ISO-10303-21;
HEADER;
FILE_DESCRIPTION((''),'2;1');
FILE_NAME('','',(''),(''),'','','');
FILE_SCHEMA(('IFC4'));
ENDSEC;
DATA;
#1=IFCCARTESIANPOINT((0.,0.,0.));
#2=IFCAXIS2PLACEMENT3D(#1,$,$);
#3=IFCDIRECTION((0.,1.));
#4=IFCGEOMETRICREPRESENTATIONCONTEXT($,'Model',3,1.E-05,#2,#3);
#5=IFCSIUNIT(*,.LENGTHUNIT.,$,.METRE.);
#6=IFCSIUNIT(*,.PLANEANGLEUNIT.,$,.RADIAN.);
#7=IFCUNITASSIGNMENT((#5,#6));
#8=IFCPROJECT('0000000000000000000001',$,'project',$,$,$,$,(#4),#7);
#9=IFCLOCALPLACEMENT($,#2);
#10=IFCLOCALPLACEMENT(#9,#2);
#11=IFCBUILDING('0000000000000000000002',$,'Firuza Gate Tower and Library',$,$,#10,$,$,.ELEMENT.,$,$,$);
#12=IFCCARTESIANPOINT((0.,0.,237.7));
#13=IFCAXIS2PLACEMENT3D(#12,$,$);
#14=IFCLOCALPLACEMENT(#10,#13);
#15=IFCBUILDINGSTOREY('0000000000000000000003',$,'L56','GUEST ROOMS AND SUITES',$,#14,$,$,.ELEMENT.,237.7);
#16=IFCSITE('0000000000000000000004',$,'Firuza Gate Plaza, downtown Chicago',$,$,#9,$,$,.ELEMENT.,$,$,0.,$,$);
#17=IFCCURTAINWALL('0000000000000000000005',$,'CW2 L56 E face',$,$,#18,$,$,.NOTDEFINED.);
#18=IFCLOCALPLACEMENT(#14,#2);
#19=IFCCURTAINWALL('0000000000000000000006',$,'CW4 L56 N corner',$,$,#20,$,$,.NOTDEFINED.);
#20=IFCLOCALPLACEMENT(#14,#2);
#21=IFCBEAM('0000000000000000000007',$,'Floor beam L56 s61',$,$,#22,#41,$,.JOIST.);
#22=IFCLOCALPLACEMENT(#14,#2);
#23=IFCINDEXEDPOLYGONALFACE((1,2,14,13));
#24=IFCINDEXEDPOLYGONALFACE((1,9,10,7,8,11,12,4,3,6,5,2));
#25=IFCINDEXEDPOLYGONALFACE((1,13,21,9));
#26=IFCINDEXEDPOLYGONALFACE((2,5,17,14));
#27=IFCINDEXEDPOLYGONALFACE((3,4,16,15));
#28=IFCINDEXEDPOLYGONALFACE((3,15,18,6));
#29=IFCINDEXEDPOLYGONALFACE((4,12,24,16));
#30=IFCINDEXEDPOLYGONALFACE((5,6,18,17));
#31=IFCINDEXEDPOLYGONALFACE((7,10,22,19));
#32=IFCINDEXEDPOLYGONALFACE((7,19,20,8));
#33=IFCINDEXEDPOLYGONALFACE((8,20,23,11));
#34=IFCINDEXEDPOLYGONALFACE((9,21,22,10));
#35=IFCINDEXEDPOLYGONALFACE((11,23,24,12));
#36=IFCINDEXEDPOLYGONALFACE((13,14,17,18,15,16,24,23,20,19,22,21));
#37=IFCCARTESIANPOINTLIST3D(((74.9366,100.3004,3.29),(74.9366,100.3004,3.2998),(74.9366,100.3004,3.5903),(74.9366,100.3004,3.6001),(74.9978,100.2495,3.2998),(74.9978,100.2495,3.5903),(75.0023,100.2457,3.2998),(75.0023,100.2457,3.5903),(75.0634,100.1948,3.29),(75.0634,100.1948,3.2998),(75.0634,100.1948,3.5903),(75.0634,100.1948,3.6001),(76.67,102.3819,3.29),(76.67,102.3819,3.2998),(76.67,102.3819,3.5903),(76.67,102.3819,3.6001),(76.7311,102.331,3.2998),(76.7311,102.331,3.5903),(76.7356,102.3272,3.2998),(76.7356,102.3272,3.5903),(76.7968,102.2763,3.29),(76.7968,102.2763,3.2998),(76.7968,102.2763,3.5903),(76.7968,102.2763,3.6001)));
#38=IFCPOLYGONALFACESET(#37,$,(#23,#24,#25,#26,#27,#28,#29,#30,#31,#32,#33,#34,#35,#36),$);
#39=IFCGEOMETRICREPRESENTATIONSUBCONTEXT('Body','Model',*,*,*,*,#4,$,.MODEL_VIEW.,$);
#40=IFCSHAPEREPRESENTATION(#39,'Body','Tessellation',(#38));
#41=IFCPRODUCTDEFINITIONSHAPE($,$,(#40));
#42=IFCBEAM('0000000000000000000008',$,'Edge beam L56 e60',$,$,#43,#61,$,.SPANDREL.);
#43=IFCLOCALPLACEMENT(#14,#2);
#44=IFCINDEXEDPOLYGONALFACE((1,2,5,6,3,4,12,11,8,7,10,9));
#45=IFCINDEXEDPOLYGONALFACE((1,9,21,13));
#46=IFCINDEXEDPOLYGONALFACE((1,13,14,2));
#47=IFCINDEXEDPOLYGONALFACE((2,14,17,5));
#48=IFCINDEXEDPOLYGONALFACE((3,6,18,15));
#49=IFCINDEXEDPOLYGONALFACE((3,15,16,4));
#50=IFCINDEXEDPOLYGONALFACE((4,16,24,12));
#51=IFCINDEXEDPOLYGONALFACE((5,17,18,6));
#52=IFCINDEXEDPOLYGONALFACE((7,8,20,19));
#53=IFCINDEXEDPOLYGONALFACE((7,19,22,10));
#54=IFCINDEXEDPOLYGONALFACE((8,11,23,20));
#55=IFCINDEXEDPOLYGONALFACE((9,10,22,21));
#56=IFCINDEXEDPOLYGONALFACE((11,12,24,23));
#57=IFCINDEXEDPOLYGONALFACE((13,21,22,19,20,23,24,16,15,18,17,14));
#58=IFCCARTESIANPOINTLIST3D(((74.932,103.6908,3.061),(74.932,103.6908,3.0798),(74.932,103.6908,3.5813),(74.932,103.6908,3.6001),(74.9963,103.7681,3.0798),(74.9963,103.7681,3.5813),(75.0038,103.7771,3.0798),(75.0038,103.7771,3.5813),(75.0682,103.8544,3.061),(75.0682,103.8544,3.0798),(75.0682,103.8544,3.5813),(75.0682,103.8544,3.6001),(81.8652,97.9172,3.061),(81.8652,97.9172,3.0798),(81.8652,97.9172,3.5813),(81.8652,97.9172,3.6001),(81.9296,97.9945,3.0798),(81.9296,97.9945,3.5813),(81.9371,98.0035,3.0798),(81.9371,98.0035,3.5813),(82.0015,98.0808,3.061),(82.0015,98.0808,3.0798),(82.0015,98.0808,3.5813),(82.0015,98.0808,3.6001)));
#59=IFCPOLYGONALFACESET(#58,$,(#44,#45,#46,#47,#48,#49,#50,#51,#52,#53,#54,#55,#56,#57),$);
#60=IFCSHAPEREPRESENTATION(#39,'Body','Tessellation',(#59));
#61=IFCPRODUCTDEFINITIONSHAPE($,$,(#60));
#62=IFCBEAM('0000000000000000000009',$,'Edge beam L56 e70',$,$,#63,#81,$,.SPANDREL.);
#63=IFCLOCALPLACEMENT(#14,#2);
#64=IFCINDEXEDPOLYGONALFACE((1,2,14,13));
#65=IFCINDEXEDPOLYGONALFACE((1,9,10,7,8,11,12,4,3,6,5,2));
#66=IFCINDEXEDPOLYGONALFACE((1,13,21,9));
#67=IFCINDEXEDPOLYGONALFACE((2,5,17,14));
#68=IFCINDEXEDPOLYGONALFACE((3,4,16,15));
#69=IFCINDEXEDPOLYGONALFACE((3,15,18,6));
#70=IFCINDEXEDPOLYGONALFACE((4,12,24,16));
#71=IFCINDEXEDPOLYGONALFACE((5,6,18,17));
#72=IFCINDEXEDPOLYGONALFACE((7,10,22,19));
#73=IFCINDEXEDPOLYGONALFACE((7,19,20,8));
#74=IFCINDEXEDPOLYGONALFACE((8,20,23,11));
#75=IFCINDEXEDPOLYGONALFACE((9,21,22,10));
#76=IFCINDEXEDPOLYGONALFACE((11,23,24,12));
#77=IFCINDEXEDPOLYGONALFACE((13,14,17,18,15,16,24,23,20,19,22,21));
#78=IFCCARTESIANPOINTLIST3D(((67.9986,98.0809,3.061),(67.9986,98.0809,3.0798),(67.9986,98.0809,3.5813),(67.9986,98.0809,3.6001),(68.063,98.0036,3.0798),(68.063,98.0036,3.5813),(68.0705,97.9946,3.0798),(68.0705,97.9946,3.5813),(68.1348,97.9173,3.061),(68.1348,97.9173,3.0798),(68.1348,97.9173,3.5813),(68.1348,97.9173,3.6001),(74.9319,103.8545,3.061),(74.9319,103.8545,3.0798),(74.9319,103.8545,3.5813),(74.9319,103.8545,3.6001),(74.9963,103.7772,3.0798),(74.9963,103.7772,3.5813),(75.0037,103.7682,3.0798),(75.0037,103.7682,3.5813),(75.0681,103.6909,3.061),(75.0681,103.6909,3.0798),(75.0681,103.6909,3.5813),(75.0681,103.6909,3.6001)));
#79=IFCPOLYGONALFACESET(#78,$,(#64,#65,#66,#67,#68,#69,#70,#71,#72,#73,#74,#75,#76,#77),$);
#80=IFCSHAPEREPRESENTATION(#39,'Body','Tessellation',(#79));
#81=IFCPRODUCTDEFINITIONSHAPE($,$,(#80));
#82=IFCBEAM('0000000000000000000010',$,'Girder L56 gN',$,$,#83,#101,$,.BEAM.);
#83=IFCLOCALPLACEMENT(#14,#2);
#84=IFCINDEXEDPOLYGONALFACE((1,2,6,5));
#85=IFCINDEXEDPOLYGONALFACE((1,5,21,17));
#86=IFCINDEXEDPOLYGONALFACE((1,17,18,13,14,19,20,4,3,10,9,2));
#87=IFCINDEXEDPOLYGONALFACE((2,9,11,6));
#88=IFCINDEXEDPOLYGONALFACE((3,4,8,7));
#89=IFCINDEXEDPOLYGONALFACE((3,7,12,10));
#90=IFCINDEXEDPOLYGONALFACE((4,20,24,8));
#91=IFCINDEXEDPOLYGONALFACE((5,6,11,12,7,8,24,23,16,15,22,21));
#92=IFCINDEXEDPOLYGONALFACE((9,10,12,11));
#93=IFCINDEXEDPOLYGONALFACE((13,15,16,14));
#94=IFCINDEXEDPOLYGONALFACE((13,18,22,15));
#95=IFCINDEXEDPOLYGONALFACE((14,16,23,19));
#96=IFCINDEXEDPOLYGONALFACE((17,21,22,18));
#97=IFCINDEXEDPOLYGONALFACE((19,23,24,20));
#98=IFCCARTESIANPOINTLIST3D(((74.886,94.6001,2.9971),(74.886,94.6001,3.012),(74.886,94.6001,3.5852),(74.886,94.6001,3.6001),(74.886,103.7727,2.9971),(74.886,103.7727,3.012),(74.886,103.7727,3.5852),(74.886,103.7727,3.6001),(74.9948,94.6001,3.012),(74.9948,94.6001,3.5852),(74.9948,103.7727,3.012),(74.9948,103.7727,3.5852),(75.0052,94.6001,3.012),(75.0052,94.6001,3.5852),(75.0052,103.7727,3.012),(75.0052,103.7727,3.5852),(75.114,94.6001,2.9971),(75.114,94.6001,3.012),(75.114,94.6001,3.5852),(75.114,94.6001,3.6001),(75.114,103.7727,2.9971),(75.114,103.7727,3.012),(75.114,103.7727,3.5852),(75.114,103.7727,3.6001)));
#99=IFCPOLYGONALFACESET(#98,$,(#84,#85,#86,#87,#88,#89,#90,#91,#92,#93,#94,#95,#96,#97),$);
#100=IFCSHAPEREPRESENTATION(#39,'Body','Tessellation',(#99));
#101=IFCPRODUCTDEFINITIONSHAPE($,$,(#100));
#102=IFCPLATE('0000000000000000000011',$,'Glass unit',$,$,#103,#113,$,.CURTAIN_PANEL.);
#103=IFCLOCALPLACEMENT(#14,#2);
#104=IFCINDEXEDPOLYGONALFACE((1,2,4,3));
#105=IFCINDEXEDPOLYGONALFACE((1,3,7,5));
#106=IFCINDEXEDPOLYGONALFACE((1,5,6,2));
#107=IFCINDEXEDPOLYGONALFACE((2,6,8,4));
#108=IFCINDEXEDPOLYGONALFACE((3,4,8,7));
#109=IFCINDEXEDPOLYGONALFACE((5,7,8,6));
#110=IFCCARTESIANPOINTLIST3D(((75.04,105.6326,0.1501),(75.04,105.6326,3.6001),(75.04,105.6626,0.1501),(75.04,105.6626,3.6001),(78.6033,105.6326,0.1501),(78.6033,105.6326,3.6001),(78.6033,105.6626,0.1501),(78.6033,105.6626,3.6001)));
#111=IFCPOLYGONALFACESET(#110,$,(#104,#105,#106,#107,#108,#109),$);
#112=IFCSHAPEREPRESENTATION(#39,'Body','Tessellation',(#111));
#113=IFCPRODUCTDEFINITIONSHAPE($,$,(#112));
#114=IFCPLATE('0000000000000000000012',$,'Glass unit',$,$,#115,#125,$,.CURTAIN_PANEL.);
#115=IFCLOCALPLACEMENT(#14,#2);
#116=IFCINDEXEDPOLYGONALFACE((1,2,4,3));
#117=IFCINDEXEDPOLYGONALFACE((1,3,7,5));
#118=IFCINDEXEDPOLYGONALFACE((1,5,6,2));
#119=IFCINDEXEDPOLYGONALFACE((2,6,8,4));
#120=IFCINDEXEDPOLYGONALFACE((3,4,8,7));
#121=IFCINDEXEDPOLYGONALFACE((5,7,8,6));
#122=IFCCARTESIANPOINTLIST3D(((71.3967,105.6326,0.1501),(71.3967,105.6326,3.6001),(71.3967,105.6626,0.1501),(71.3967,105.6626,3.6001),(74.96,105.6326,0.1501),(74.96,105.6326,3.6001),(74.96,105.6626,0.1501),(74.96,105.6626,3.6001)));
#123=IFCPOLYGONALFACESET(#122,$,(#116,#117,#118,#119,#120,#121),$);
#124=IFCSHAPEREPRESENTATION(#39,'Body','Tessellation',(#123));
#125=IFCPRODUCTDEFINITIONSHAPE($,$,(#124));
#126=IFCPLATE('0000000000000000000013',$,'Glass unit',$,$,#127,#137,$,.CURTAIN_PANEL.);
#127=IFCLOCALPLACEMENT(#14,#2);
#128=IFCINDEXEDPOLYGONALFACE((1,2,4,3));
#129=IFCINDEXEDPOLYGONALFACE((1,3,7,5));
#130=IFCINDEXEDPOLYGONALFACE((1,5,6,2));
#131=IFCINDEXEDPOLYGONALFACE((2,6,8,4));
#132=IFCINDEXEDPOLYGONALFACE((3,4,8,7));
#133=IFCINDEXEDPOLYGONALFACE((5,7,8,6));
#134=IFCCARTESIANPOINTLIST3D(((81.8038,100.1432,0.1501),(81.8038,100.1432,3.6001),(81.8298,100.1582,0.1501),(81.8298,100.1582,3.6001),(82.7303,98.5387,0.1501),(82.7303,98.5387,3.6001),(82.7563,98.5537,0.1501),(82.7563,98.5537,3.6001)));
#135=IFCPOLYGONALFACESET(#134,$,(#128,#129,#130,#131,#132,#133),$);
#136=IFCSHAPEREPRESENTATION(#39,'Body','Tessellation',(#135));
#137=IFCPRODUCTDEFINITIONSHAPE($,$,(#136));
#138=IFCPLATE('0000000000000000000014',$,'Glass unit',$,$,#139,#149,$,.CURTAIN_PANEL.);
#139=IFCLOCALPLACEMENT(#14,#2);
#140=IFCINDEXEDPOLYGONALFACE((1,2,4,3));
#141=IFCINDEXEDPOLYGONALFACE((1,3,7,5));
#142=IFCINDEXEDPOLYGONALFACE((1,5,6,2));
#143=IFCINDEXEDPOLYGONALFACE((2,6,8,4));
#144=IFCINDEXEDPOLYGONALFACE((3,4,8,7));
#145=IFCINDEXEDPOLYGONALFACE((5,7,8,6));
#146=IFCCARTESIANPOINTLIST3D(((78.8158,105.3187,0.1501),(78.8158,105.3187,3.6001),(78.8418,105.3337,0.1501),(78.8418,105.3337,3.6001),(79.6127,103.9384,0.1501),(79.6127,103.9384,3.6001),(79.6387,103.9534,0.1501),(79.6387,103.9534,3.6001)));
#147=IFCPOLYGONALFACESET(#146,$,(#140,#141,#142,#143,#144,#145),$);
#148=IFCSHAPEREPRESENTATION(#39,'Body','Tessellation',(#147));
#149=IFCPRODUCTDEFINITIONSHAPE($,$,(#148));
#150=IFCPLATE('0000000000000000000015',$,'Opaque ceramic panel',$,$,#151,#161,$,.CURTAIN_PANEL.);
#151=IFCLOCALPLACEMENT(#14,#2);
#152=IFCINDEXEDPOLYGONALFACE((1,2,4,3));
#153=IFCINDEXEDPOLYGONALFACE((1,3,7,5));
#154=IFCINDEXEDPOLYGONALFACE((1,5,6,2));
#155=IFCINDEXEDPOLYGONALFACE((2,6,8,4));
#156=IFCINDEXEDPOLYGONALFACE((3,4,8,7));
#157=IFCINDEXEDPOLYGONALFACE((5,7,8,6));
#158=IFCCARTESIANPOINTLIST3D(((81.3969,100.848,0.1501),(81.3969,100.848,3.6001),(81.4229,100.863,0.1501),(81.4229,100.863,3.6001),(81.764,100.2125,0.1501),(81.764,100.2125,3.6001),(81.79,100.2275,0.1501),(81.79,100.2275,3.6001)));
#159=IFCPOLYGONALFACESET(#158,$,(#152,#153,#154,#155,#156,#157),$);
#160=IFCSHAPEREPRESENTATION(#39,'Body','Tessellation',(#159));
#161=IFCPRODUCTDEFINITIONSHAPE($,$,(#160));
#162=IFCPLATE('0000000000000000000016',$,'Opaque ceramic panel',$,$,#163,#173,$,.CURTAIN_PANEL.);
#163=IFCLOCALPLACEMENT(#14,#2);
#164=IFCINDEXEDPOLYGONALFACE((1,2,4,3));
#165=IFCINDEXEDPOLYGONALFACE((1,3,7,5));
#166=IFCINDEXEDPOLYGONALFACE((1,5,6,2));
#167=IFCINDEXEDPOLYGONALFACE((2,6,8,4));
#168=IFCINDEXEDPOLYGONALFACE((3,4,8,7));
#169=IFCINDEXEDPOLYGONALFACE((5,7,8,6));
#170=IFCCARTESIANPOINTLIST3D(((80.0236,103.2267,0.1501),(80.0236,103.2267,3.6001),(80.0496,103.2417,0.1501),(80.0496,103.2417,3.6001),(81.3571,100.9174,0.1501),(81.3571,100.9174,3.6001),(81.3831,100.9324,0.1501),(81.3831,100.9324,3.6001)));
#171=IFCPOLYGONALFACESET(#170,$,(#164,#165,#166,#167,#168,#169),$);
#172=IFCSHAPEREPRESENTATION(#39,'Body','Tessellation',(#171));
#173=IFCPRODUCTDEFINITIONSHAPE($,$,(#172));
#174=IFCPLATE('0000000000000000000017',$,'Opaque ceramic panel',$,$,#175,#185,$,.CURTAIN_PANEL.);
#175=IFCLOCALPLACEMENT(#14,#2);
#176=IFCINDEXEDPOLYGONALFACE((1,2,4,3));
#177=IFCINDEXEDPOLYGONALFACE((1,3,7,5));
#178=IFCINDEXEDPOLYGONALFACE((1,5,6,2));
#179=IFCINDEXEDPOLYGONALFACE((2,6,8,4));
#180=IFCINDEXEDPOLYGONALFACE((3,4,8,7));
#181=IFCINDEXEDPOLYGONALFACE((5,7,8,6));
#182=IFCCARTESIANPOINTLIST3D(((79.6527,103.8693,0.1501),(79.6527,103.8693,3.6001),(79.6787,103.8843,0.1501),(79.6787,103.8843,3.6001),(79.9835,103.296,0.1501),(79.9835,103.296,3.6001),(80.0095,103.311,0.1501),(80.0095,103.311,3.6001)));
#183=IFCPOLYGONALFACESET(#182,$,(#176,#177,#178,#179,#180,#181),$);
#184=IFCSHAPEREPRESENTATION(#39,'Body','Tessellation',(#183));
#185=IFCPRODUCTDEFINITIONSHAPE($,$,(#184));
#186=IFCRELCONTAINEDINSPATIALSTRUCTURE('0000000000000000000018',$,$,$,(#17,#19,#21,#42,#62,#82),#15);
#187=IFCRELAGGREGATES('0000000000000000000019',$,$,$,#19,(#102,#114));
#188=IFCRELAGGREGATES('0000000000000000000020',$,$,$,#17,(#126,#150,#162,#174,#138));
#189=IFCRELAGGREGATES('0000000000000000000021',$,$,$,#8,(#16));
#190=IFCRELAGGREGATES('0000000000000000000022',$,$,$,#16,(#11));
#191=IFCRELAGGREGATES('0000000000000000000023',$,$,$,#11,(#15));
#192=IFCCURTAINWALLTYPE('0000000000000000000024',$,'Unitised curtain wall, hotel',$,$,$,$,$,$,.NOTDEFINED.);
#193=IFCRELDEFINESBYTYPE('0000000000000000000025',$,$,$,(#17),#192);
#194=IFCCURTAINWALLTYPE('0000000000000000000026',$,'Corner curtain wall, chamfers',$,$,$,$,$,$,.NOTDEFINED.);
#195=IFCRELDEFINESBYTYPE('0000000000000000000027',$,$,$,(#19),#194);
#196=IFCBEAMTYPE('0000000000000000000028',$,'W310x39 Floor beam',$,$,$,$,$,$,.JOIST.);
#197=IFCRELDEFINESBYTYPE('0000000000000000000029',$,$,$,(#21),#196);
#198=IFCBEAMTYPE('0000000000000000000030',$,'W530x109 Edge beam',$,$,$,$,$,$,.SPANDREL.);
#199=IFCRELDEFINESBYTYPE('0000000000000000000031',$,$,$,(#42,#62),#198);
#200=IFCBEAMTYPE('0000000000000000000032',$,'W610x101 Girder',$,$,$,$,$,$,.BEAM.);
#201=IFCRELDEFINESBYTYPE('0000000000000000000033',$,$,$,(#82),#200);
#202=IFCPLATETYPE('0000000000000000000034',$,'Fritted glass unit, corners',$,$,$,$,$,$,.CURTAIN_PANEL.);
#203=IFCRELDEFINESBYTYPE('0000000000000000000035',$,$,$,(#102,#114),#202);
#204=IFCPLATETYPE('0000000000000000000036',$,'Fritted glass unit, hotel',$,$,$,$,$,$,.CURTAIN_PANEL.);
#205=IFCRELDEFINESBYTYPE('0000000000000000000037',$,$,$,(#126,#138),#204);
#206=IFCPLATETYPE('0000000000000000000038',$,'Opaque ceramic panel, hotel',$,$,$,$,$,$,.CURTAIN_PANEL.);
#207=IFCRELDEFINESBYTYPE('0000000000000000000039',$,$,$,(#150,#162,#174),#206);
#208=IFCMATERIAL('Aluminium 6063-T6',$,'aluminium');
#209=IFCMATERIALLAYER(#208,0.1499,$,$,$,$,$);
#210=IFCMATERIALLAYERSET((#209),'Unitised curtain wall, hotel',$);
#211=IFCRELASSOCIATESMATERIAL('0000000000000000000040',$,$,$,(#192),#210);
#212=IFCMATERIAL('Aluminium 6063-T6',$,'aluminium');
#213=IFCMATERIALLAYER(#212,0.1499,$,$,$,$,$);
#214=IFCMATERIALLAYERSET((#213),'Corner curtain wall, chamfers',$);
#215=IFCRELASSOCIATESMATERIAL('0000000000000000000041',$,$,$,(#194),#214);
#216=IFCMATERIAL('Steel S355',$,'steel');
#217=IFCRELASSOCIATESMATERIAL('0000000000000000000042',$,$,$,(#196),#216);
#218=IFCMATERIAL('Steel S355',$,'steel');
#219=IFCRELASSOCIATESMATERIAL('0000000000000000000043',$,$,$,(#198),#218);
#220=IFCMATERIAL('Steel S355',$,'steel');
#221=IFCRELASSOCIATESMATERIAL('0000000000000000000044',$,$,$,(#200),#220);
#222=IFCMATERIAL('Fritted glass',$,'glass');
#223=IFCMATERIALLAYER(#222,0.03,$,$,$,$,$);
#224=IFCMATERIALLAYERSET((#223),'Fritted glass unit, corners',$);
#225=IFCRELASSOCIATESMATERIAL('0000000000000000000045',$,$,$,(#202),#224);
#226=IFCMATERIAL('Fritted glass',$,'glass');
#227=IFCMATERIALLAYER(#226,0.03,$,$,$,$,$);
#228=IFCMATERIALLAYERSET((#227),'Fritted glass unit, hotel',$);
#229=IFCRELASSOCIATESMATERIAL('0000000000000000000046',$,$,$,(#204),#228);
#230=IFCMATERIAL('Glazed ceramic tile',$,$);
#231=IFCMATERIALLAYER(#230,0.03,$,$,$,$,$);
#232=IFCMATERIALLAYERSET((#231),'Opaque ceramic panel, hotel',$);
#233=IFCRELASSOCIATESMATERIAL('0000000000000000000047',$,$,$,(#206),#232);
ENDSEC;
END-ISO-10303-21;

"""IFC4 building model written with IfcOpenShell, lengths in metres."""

from ifc_helpers import new_model, si_unit, direction, frame, origin, origin_2d, place, context, subcontext, project, spatial, polyline, i_section, outline, extrude, material, layer, layer_set, material_profile, profile_set, type_object, element, aggregate, save


model = new_model("IFC4")

# Units and contexts
model_context = context("Model", 3, precision=1e-05, world=origin(), true_north=direction((0.0, 1.0)))
body_context = subcontext(model_context, "Body", "Model", "MODEL_VIEW")
ifc_project = project(units=[si_unit("LENGTHUNIT", "METRE"), si_unit("PLANEANGLEUNIT", "RADIAN")], contexts=[model_context])

# Site, building, storey
site_placement = place(None, origin())
site = spatial("IfcSite", under=ifc_project, at=site_placement, Name="Firuza Gate Plaza, downtown Chicago", CompositionType="ELEMENT", RefElevation=0.0)
building_placement = place(site_placement, origin())
building = spatial("IfcBuilding", under=site, at=building_placement, Name="Firuza Gate Tower and Library", CompositionType="ELEMENT")
storey_placement = place(building_placement, frame((0.0, 0.0, 237.7)))
storey = spatial("IfcBuildingStorey", under=building, at=storey_placement, Name="L56", Description="GUEST ROOMS AND SUITES", CompositionType="ELEMENT", Elevation=237.7)

# Curtain walls
ifc_material_1 = material(Name="Aluminium 6063-T6", Category="aluminium")
ifc_layer_1 = layer(ifc_material_1, 0.1499)
ifc_layer_set_1 = layer_set([ifc_layer_1], Name="Unitised curtain wall, hotel")
curtain_wall_type_1 = type_object("IfcCurtainWallType", Name="Unitised curtain wall, hotel", PredefinedType="NOTDEFINED", material=ifc_layer_set_1)
placement = place(storey_placement, origin())
curtain_wall_1 = element("IfcCurtainWall", 1, at=placement, inside=storey, type_object=curtain_wall_type_1, Name="CW2 L56 E face", PredefinedType="NOTDEFINED")
ifc_material_2 = material(Name="Aluminium 6063-T6", Category="aluminium")
ifc_layer_2 = layer(ifc_material_2, 0.1499)
ifc_layer_set_2 = layer_set([ifc_layer_2], Name="Corner curtain wall, chamfers")
curtain_wall_type_2 = type_object("IfcCurtainWallType", Name="Corner curtain wall, chamfers", PredefinedType="NOTDEFINED", material=ifc_layer_set_2)
curtain_wall_2 = element("IfcCurtainWall", 2, at=placement, inside=storey, type_object=curtain_wall_type_2, Name="CW4 L56 N corner", PredefinedType="NOTDEFINED")

# Beams
ifc_material_3 = material(Name="Steel S355", Category="steel")
ifc_material_profile_1 = material_profile(ifc_material_3, i_section(OverallWidth=0.165, OverallDepth=0.3101, WebThickness=0.0059, FlangeThickness=0.0098, at=origin_2d()))
ifc_profile_set_1 = profile_set([ifc_material_profile_1], Name="Steel S355")
beam_type_1 = type_object("IfcBeamType", Name="W310x39 Floor beam", PredefinedType="JOIST", material=ifc_profile_set_1)
beam_1_placement = place(storey_placement, frame((76.7334, 102.3291, 3.4451), z_axis=(-0.639918, -0.768443, 0.0), x_axis=(0.768443, -0.639918, 0.0)))
element("IfcBeam", 3, at=beam_1_placement, inside=storey, type_object=beam_type_1, Name="Floor beam L56 s61", PredefinedType="JOIST", context=body_context, shape_type="SweptSolid", body=[
    extrude(i_section(OverallWidth=0.165, OverallDepth=0.3101, WebThickness=0.0059, FlangeThickness=0.0098, at=origin_2d()), origin(), (0.0, 0.0, 1.0), 2.7087),
])
ifc_material_4 = material(Name="Steel S355", Category="steel")
ifc_material_profile_2 = material_profile(ifc_material_4, i_section(OverallWidth=0.2129, OverallDepth=0.5391, WebThickness=0.0117, FlangeThickness=0.0188, at=origin_2d()))
ifc_profile_set_2 = profile_set([ifc_material_profile_2], Name="Steel S355")
beam_type_2 = type_object("IfcBeamType", Name="W530x109 Edge beam", PredefinedType="SPANDREL", material=ifc_profile_set_2)
for number, where, z_axis, x_axis, name in (
    (4, (81.9333, 97.999, 3.3306), (-0.768445, 0.639916, 0.0), (-0.639916, -0.768445, 0.0), "Edge beam L56 e60"),
    (5, (75.0, 103.7727, 3.3306), (-0.768445, -0.639916, 0.0), (0.639916, -0.768445, 0.0), "Edge beam L56 e70"),
):
    element("IfcBeam", number, at=place(storey_placement, frame(where, z_axis=z_axis, x_axis=x_axis)), inside=storey, type_object=beam_type_2, Name=name, PredefinedType="SPANDREL", context=body_context, shape_type="SweptSolid", body=[
        extrude(i_section(OverallWidth=0.2129, OverallDepth=0.5391, WebThickness=0.0117, FlangeThickness=0.0188, at=origin_2d()), origin(), (0.0, 0.0, 1.0), 9.0225),
    ])
ifc_material_5 = material(Name="Steel S355", Category="steel")
ifc_material_profile_3 = material_profile(ifc_material_5, i_section(OverallWidth=0.228, OverallDepth=0.603, WebThickness=0.0105, FlangeThickness=0.0149, at=origin_2d()))
ifc_profile_set_3 = profile_set([ifc_material_profile_3], Name="Steel S355")
beam_type_3 = type_object("IfcBeamType", Name="W610x101 Girder", PredefinedType="BEAM", material=ifc_profile_set_3)
beam_2_placement = place(storey_placement, frame((75.0, 103.7727, 3.2986), z_axis=(0.0, -1.0, 0.0), x_axis=(1.0, 0.0, 0.0)))
element("IfcBeam", 6, at=beam_2_placement, inside=storey, type_object=beam_type_3, Name="Girder L56 gN", PredefinedType="BEAM", context=body_context, shape_type="SweptSolid", body=[
    extrude(i_section(OverallWidth=0.228, OverallDepth=0.603, WebThickness=0.0105, FlangeThickness=0.0149, at=origin_2d()), origin(), (0.0, 0.0, 1.0), 9.1726),
])

# Plates
ifc_material_6 = material(Name="Fritted glass", Category="glass")
ifc_layer_3 = layer(ifc_material_6, 0.03)
ifc_layer_set_3 = layer_set([ifc_layer_3], Name="Fritted glass unit, corners")
plate_type_1 = type_object("IfcPlateType", Name="Fritted glass unit, corners", PredefinedType="CURTAIN_PANEL", material=ifc_layer_set_3)
plate_1_placement = place(storey_placement, frame((78.6033, 105.6626, 0.1501), z_axis=(0.0, 1.0, 0.0), x_axis=(-1.0, 0.0, 0.0)))
plate_1 = element("IfcPlate", 7, at=plate_1_placement, type_object=plate_type_1, Name="Glass unit", PredefinedType="CURTAIN_PANEL", context=body_context, shape_type="SweptSolid", body=[
    extrude(outline(polyline([(0.0, 0.0), (3.5632, 0.0), (3.5632, 3.45), (0.0, 3.45), (0.0, 0.0)])), origin(), (0.0, 0.0, -1.0), 0.03),
])
plate_2_placement = place(storey_placement, frame((74.96, 105.6626, 0.1501), z_axis=(0.0, 1.0, 0.0), x_axis=(-1.0, 0.0, 0.0)))
plate_2 = element("IfcPlate", 8, at=plate_2_placement, type_object=plate_type_1, Name="Glass unit", PredefinedType="CURTAIN_PANEL", context=body_context, shape_type="SweptSolid", body=[
    extrude(outline(polyline([(0.0, 0.0), (3.5632, 0.0), (3.5632, 3.45), (0.0, 3.45), (0.0, 0.0)])), origin(), (0.0, 0.0, -1.0), 0.03),
])
aggregate(curtain_wall_2, [plate_1, plate_2])
ifc_material_7 = material(Name="Fritted glass", Category="glass")
ifc_layer_4 = layer(ifc_material_7, 0.03)
ifc_layer_set_4 = layer_set([ifc_layer_4], Name="Fritted glass unit, hotel")
plate_type_2 = type_object("IfcPlateType", Name="Fritted glass unit, hotel", PredefinedType="CURTAIN_PANEL", material=ifc_layer_set_4)
plate_3_placement = place(storey_placement, frame((82.7563, 98.5537, 0.1501), z_axis=(0.865988, 0.500065, 0.0), x_axis=(-0.500065, 0.865988, 0.0)))
plate_3 = element("IfcPlate", 9, at=plate_3_placement, type_object=plate_type_2, Name="Glass unit", PredefinedType="CURTAIN_PANEL", context=body_context, shape_type="SweptSolid", body=[
    extrude(outline(polyline([(0.0, 0.0), (1.8528, 0.0), (1.8528, 3.45), (0.0, 3.45), (0.0, 0.0)])), origin(), (0.0, 0.0, -1.0), 0.03),
])
plate_4_placement = place(storey_placement, frame((79.6387, 103.9534, 0.1501), z_axis=(0.866048, 0.499961, 0.0), x_axis=(-0.499961, 0.866048, 0.0)))
plate_4 = element("IfcPlate", 10, at=plate_4_placement, type_object=plate_type_2, Name="Glass unit", PredefinedType="CURTAIN_PANEL", context=body_context, shape_type="SweptSolid", body=[
    extrude(outline(polyline([(0.0, 0.0), (1.5939, 0.0), (1.5939, 3.45), (0.0, 3.45), (0.0, 0.0)])), origin(), (0.0, 0.0, -1.0), 0.03),
])
ifc_material_8 = material(Name="Glazed ceramic tile")
ifc_layer_5 = layer(ifc_material_8, 0.03)
ifc_layer_set_5 = layer_set([ifc_layer_5], Name="Opaque ceramic panel, hotel")
plate_type_3 = type_object("IfcPlateType", Name="Opaque ceramic panel, hotel", PredefinedType="CURTAIN_PANEL", material=ifc_layer_set_5)
plate_5_placement = place(storey_placement, frame((81.79, 100.2275, 0.1501), z_axis=(0.865859, 0.500289, 0.0), x_axis=(-0.500289, 0.865859, 0.0)))
plate_5 = element("IfcPlate", 11, at=plate_5_placement, type_object=plate_type_3, Name="Opaque ceramic panel", PredefinedType="CURTAIN_PANEL", context=body_context, shape_type="SweptSolid", body=[
    extrude(outline(polyline([(0.0, 0.0), (0.734, 0.0), (0.734, 3.45), (0.0, 3.45), (0.0, 0.0)])), origin(), (0.0, 0.0, -1.0), 0.03),
])
plate_6_placement = place(storey_placement, frame((81.3831, 100.9324, 0.1501), z_axis=(0.865992, 0.500058, 0.0), x_axis=(-0.500058, 0.865992, 0.0)))
plate_6 = element("IfcPlate", 12, at=plate_6_placement, type_object=plate_type_3, Name="Opaque ceramic panel", PredefinedType="CURTAIN_PANEL", context=body_context, shape_type="SweptSolid", body=[
    extrude(outline(polyline([(0.0, 0.0), (2.6667, 0.0), (2.6667, 3.45), (0.0, 3.45), (0.0, 0.0)])), origin(), (0.0, 0.0, -1.0), 0.03),
])
plate_7_placement = place(storey_placement, frame((80.0095, 103.311, 0.1501), z_axis=(0.866124, 0.499829, 0.0), x_axis=(-0.499829, 0.866124, 0.0)))
plate_7 = element("IfcPlate", 13, at=plate_7_placement, type_object=plate_type_3, Name="Opaque ceramic panel", PredefinedType="CURTAIN_PANEL", context=body_context, shape_type="SweptSolid", body=[
    extrude(outline(polyline([(0.0, 0.0), (0.6618, 0.0), (0.6618, 3.45), (0.0, 3.45), (0.0, 0.0)])), origin(), (0.0, 0.0, -1.0), 0.03),
])
aggregate(curtain_wall_1, [plate_3, plate_5, plate_6, plate_7, plate_4])

save(model, "model.ifc")
